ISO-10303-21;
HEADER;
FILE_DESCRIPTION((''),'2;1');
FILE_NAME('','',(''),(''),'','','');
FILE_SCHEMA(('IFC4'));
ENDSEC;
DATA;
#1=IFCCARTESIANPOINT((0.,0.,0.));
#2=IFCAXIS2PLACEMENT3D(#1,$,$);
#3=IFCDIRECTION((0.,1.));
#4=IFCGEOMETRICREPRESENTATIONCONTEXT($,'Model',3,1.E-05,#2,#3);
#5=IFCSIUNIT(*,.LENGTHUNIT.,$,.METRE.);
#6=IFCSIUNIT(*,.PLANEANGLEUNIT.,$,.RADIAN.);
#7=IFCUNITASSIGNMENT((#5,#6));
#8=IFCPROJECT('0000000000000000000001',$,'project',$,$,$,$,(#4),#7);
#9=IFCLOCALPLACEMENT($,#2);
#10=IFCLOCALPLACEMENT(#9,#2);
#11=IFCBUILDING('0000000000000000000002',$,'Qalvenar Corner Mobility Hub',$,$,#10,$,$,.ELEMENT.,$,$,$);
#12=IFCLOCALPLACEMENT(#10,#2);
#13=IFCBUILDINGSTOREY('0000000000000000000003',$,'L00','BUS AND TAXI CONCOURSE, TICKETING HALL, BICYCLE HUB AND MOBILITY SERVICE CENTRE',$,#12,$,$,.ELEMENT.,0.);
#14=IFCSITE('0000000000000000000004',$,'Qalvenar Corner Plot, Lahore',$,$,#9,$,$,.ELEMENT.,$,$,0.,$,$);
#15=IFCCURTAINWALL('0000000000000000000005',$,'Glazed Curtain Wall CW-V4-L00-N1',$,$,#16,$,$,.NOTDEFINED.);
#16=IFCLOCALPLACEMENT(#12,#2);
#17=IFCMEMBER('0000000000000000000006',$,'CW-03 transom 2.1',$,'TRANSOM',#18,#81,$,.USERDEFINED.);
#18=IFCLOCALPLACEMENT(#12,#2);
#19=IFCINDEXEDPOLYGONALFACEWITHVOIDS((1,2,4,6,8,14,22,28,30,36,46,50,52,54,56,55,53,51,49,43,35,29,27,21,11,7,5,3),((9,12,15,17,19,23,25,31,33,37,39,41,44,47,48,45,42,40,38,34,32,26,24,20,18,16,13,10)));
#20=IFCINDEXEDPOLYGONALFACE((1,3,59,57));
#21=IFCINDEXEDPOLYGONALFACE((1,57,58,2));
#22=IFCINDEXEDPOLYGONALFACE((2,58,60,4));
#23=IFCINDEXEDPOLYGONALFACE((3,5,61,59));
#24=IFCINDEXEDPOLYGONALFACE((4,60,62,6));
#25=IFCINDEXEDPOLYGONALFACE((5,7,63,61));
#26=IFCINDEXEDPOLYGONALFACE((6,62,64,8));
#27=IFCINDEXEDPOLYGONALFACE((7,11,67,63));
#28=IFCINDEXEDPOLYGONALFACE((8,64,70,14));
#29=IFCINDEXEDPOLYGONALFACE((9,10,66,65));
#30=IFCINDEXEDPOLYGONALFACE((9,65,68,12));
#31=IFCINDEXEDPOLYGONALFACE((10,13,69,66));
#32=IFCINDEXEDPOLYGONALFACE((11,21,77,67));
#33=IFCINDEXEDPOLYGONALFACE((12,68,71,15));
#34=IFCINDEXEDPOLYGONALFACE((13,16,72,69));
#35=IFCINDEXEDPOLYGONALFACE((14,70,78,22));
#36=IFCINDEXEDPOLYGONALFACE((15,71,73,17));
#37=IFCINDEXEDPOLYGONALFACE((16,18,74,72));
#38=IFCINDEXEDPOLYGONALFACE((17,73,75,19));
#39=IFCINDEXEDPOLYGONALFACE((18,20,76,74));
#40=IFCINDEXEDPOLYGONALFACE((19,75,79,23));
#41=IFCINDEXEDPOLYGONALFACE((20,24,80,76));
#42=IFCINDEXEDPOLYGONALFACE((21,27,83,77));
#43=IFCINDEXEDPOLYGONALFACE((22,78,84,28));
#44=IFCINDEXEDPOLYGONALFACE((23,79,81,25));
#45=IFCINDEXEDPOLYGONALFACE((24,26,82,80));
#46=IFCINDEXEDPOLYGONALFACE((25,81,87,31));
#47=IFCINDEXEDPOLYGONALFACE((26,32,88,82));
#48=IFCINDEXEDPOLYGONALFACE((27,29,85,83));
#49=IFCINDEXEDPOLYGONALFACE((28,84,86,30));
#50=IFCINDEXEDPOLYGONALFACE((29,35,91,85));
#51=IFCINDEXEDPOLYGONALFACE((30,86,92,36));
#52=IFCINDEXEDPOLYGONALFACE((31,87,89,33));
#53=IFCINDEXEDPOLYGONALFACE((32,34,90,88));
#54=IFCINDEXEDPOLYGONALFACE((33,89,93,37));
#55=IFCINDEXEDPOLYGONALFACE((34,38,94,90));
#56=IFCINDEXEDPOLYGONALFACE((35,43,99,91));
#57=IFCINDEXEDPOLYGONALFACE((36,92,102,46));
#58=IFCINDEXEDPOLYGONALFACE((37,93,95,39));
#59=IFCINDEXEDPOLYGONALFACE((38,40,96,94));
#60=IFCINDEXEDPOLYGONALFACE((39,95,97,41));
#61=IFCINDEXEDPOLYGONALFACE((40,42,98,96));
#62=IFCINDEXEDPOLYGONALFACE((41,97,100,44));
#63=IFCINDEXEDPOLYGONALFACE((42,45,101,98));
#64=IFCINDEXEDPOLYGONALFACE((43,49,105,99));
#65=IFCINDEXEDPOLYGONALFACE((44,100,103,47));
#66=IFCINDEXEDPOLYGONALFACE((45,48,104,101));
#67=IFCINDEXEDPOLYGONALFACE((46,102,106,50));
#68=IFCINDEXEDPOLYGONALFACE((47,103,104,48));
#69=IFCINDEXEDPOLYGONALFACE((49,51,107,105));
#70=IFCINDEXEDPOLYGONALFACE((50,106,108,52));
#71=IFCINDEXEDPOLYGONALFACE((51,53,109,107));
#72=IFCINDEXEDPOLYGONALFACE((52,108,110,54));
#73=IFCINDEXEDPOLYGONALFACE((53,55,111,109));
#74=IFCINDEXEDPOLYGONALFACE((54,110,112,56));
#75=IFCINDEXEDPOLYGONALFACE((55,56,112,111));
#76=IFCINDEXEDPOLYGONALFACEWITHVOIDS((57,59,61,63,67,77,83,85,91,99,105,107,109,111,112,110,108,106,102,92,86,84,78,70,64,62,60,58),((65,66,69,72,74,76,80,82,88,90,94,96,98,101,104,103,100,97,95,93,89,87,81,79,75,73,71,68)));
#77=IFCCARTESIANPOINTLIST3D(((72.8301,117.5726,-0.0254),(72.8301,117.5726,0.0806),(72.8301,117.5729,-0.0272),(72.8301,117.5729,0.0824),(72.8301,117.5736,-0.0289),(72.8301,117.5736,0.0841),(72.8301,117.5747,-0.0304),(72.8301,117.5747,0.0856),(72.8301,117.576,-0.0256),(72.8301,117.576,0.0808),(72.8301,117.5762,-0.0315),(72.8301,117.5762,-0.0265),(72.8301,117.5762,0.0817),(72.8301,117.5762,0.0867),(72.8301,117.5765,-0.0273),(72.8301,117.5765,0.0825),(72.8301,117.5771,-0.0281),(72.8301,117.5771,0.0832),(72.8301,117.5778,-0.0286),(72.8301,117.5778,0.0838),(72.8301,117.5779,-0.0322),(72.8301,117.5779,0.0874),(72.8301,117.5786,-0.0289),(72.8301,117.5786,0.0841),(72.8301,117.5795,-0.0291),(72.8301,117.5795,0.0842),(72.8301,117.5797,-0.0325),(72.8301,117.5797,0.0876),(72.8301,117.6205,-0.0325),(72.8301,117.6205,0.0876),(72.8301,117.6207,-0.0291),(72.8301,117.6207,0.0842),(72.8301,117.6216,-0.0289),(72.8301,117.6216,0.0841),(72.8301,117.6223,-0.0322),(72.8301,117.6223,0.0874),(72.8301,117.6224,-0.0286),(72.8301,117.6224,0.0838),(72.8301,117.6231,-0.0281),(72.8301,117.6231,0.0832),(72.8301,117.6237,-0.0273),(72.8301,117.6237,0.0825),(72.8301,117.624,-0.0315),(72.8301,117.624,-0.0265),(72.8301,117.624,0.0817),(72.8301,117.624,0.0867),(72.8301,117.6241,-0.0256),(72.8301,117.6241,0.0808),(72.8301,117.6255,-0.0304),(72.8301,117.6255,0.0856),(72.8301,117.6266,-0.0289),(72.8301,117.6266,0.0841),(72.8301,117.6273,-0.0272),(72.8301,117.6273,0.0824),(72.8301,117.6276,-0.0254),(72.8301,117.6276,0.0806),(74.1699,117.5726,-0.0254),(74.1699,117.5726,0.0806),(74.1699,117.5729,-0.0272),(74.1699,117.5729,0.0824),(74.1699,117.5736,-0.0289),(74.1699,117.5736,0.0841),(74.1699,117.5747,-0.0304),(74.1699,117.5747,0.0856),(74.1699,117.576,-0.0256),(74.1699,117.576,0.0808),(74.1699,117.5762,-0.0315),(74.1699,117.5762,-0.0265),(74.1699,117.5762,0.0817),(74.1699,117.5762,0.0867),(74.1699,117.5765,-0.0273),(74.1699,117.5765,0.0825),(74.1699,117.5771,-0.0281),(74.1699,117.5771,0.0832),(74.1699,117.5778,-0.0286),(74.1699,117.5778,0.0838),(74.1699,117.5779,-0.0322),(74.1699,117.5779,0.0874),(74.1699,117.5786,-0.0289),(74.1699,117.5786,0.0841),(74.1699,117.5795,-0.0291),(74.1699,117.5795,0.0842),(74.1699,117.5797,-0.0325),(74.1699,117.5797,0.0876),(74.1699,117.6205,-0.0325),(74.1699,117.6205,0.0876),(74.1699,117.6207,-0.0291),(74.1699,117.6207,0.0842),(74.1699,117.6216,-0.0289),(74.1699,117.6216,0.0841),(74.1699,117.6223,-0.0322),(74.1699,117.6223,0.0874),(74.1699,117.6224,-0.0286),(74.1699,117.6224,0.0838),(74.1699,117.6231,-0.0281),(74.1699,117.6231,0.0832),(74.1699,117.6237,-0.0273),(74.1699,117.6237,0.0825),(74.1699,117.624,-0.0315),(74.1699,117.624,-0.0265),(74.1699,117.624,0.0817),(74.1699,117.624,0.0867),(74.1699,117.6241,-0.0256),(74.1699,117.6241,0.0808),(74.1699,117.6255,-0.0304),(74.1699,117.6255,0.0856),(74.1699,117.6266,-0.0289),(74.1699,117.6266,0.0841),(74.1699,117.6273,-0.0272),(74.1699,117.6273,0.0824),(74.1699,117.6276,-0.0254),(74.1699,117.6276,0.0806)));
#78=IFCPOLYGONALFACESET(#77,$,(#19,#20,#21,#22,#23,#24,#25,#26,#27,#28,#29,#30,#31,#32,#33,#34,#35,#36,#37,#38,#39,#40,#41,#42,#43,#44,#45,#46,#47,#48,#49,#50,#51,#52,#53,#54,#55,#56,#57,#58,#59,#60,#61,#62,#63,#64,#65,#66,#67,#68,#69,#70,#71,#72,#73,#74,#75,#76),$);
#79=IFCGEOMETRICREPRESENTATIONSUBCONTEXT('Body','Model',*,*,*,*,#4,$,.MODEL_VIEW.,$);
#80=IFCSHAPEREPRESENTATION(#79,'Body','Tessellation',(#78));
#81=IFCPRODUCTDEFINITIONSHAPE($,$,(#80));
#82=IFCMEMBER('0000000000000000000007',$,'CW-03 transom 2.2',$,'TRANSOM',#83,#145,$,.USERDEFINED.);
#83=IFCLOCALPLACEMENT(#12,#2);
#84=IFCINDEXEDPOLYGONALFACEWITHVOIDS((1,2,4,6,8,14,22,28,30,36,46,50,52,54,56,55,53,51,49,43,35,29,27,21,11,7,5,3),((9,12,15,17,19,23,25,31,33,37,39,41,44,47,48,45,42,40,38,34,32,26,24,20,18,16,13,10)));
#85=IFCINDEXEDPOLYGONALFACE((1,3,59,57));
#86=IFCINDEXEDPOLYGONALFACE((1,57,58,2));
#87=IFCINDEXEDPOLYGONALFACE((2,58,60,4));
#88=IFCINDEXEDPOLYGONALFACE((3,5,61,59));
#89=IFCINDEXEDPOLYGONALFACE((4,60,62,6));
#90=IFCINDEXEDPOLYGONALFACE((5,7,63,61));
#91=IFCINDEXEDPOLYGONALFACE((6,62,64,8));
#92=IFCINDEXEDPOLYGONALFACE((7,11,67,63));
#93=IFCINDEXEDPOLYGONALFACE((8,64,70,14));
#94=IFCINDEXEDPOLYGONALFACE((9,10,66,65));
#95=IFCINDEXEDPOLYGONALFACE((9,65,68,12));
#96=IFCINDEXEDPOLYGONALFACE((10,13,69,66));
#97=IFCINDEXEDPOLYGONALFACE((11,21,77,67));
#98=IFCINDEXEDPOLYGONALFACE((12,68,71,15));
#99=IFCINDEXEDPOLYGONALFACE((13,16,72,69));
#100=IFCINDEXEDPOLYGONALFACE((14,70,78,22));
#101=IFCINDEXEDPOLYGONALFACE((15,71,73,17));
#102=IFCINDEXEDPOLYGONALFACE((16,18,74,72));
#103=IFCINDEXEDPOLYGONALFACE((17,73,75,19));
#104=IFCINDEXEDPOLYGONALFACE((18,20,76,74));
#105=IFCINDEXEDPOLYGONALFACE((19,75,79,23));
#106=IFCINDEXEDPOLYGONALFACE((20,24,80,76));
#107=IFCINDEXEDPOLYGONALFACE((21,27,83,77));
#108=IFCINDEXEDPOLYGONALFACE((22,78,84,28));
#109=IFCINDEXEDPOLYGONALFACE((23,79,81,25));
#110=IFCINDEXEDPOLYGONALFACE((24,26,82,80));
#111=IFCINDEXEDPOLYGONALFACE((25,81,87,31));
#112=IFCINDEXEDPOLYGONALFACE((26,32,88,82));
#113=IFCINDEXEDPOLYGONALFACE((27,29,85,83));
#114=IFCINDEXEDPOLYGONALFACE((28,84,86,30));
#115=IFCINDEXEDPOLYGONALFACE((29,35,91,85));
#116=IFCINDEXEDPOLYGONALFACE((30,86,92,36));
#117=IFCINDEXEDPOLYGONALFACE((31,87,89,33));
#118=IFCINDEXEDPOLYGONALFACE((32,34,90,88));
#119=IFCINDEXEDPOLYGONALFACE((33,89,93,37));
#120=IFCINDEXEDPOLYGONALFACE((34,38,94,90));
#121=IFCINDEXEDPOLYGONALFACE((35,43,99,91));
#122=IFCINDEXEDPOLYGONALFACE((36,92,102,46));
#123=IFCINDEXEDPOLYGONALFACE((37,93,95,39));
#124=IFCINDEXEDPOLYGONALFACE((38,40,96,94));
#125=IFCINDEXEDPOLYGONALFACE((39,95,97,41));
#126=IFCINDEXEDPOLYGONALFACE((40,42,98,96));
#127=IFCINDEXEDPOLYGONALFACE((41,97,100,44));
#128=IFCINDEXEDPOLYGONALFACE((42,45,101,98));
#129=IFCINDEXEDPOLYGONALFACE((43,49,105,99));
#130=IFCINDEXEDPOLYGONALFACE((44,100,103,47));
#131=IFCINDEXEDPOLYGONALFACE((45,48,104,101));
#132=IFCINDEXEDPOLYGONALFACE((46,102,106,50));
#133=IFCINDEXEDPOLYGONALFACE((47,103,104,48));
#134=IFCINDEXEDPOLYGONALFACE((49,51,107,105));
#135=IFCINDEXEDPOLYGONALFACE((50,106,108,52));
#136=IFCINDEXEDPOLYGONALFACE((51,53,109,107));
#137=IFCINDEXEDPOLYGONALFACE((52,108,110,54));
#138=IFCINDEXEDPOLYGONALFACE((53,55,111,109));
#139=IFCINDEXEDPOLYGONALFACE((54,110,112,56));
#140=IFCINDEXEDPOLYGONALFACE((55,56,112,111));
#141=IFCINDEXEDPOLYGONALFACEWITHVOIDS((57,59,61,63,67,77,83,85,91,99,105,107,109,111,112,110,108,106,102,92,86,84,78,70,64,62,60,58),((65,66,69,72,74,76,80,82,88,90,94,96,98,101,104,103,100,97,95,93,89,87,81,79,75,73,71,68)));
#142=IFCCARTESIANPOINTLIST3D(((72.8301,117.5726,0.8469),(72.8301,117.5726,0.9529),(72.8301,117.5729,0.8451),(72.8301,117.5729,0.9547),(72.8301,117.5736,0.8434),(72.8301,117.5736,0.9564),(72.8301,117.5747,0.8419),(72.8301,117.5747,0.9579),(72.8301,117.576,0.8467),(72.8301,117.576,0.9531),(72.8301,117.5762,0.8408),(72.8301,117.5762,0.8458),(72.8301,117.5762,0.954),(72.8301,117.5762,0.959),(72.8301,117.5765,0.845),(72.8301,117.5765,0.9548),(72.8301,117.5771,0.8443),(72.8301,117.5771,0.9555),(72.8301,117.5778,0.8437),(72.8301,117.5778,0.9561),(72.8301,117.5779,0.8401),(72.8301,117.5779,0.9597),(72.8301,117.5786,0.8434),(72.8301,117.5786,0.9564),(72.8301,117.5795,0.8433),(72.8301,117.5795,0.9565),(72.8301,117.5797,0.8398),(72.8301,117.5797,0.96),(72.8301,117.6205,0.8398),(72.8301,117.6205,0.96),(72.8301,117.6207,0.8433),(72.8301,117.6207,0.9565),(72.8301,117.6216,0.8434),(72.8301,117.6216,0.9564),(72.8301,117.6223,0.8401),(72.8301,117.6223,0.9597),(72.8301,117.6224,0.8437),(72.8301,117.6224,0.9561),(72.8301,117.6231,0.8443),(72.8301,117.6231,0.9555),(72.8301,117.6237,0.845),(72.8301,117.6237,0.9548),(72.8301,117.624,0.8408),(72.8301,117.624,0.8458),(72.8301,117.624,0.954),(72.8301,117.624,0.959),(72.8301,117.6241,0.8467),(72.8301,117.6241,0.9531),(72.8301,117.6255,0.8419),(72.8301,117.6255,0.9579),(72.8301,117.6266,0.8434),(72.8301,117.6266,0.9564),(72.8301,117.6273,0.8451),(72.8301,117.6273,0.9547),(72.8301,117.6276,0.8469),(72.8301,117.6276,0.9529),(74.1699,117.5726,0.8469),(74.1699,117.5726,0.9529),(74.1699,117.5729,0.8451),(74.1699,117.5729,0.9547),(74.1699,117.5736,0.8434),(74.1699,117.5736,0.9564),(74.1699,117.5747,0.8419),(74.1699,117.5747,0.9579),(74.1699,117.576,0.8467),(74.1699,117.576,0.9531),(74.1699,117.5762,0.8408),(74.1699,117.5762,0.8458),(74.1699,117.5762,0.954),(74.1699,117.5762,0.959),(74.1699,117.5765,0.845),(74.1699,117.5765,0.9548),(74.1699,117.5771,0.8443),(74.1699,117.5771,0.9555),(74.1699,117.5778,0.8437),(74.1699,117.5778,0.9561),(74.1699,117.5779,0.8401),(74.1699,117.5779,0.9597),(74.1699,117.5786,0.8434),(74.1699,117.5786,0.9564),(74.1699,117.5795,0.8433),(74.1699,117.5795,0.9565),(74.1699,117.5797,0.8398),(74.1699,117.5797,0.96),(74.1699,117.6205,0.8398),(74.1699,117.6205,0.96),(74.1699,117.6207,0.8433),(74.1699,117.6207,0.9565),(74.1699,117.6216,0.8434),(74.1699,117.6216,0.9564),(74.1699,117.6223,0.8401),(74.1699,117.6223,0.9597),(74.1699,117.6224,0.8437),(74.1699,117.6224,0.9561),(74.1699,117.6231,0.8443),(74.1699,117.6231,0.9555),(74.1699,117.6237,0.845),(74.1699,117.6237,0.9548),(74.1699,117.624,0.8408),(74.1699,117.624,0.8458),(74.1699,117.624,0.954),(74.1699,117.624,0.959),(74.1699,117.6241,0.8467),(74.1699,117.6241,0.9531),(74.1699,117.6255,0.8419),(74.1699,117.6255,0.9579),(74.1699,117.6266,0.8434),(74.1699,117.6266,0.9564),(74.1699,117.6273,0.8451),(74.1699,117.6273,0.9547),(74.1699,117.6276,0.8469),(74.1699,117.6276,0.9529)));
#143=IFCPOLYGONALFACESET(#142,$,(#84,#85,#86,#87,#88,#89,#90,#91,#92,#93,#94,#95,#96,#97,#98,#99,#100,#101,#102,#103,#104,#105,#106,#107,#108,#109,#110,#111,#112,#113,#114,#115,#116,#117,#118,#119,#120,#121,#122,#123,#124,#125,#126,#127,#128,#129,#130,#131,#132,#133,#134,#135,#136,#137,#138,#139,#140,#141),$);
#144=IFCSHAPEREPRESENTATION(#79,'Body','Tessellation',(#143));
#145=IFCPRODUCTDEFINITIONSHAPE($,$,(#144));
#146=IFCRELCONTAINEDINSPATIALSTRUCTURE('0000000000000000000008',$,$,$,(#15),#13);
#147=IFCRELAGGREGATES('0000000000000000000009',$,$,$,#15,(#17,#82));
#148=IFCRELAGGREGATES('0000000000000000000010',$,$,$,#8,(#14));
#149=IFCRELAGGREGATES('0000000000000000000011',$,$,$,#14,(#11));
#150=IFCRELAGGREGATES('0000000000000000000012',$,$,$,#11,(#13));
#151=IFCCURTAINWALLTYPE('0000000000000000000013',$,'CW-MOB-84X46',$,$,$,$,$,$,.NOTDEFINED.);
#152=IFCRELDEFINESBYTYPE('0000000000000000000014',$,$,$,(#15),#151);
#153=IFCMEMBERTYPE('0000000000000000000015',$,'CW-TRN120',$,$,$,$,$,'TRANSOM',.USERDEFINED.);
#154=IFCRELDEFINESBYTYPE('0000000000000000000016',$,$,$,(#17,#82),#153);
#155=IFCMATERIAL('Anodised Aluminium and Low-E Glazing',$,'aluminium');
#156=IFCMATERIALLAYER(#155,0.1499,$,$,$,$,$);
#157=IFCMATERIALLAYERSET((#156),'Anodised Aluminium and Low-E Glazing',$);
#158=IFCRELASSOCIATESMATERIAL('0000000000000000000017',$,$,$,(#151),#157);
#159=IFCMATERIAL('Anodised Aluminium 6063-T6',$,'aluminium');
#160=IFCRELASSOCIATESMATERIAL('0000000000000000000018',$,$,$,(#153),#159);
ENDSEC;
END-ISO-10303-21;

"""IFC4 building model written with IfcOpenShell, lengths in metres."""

from ifc_helpers import new_model, si_unit, direction, frame, origin, origin_2d, place, context, subcontext, project, spatial, hollow_rectangle, extrude, material, layer, layer_set, material_profile, profile_set, type_object, element, aggregate, save


model = new_model("IFC4")

# Units and contexts
model_context = context("Model", 3, precision=1e-05, world=origin(), true_north=direction((0.0, 1.0)))
body_context = subcontext(model_context, "Body", "Model", "MODEL_VIEW")
ifc_project = project(units=[si_unit("LENGTHUNIT", "METRE"), si_unit("PLANEANGLEUNIT", "RADIAN")], contexts=[model_context])

# Site, building, storey
site_placement = place(None, origin())
site = spatial("IfcSite", under=ifc_project, at=site_placement, Name="Qalvenar Corner Plot, Lahore", CompositionType="ELEMENT", RefElevation=0.0)
building_placement = place(site_placement, origin())
building = spatial("IfcBuilding", under=site, at=building_placement, Name="Qalvenar Corner Mobility Hub", CompositionType="ELEMENT")
storey_placement = place(building_placement, origin())
storey = spatial("IfcBuildingStorey", under=building, at=storey_placement, Name="L00", Description="BUS AND TAXI CONCOURSE, TICKETING HALL, BICYCLE HUB AND MOBILITY SERVICE CENTRE", CompositionType="ELEMENT", Elevation=0.0)

# Curtain wall, members
ifc_material_1 = material(Name="Anodised Aluminium and Low-E Glazing", Category="aluminium")
ifc_layer_1 = layer(ifc_material_1, 0.1499)
ifc_layer_set_1 = layer_set([ifc_layer_1], Name="Anodised Aluminium and Low-E Glazing")
curtain_wall_type = type_object("IfcCurtainWallType", Name="CW-MOB-84X46", PredefinedType="NOTDEFINED", material=ifc_layer_set_1)
curtain_wall_placement = place(storey_placement, origin())
curtain_wall = element("IfcCurtainWall", 1, at=curtain_wall_placement, inside=storey, type_object=curtain_wall_type, Name="Glazed Curtain Wall CW-V4-L00-N1", PredefinedType="NOTDEFINED")
ifc_material_2 = material(Name="Anodised Aluminium 6063-T6", Category="aluminium")
ifc_material_profile_1 = material_profile(ifc_material_2, hollow_rectangle(XDim=0.0549, YDim=0.1201, WallThickness=0.0034, InnerFilletRadius=0.0034, OuterFilletRadius=0.0071, at=origin_2d()), Name="RHS120x55x3.5")
ifc_profile_set_1 = profile_set([ifc_material_profile_1], Name="Anodised Aluminium 6063-T6")
member_type_1 = type_object("IfcMemberType", Name="CW-TRN120", ElementType="TRANSOM", PredefinedType="USERDEFINED", material=ifc_profile_set_1)
member_1_placement = place(storey_placement, frame((74.1699, 117.6001, 0.0276), z_axis=(-1.0, 0.0, 0.0), x_axis=(0.0, -1.0, 0.0)))
member_1 = element("IfcMember", 2, at=member_1_placement, type_object=member_type_1, Name="CW-03 transom 2.1", ObjectType="TRANSOM", PredefinedType="USERDEFINED", context=body_context, shape_type="SweptSolid", body=[
    extrude(hollow_rectangle(XDim=0.0549, YDim=0.1201, WallThickness=0.0034, InnerFilletRadius=0.0034, OuterFilletRadius=0.0071, at=origin_2d()), origin(), (0.0, 0.0, 1.0), 1.3398),
])
member_2_placement = place(storey_placement, frame((74.1699, 117.6001, 0.8999), z_axis=(-1.0, 0.0, 0.0), x_axis=(0.0, -1.0, 0.0)))
member_2 = element("IfcMember", 3, at=member_2_placement, type_object=member_type_1, Name="CW-03 transom 2.2", ObjectType="TRANSOM", PredefinedType="USERDEFINED", context=body_context, shape_type="SweptSolid", body=[
    extrude(hollow_rectangle(XDim=0.0549, YDim=0.1201, WallThickness=0.0034, InnerFilletRadius=0.0034, OuterFilletRadius=0.0071, at=origin_2d()), origin(), (0.0, 0.0, 1.0), 1.3398),
])
aggregate(curtain_wall, [member_1, member_2])

save(model, "model.ifc")
